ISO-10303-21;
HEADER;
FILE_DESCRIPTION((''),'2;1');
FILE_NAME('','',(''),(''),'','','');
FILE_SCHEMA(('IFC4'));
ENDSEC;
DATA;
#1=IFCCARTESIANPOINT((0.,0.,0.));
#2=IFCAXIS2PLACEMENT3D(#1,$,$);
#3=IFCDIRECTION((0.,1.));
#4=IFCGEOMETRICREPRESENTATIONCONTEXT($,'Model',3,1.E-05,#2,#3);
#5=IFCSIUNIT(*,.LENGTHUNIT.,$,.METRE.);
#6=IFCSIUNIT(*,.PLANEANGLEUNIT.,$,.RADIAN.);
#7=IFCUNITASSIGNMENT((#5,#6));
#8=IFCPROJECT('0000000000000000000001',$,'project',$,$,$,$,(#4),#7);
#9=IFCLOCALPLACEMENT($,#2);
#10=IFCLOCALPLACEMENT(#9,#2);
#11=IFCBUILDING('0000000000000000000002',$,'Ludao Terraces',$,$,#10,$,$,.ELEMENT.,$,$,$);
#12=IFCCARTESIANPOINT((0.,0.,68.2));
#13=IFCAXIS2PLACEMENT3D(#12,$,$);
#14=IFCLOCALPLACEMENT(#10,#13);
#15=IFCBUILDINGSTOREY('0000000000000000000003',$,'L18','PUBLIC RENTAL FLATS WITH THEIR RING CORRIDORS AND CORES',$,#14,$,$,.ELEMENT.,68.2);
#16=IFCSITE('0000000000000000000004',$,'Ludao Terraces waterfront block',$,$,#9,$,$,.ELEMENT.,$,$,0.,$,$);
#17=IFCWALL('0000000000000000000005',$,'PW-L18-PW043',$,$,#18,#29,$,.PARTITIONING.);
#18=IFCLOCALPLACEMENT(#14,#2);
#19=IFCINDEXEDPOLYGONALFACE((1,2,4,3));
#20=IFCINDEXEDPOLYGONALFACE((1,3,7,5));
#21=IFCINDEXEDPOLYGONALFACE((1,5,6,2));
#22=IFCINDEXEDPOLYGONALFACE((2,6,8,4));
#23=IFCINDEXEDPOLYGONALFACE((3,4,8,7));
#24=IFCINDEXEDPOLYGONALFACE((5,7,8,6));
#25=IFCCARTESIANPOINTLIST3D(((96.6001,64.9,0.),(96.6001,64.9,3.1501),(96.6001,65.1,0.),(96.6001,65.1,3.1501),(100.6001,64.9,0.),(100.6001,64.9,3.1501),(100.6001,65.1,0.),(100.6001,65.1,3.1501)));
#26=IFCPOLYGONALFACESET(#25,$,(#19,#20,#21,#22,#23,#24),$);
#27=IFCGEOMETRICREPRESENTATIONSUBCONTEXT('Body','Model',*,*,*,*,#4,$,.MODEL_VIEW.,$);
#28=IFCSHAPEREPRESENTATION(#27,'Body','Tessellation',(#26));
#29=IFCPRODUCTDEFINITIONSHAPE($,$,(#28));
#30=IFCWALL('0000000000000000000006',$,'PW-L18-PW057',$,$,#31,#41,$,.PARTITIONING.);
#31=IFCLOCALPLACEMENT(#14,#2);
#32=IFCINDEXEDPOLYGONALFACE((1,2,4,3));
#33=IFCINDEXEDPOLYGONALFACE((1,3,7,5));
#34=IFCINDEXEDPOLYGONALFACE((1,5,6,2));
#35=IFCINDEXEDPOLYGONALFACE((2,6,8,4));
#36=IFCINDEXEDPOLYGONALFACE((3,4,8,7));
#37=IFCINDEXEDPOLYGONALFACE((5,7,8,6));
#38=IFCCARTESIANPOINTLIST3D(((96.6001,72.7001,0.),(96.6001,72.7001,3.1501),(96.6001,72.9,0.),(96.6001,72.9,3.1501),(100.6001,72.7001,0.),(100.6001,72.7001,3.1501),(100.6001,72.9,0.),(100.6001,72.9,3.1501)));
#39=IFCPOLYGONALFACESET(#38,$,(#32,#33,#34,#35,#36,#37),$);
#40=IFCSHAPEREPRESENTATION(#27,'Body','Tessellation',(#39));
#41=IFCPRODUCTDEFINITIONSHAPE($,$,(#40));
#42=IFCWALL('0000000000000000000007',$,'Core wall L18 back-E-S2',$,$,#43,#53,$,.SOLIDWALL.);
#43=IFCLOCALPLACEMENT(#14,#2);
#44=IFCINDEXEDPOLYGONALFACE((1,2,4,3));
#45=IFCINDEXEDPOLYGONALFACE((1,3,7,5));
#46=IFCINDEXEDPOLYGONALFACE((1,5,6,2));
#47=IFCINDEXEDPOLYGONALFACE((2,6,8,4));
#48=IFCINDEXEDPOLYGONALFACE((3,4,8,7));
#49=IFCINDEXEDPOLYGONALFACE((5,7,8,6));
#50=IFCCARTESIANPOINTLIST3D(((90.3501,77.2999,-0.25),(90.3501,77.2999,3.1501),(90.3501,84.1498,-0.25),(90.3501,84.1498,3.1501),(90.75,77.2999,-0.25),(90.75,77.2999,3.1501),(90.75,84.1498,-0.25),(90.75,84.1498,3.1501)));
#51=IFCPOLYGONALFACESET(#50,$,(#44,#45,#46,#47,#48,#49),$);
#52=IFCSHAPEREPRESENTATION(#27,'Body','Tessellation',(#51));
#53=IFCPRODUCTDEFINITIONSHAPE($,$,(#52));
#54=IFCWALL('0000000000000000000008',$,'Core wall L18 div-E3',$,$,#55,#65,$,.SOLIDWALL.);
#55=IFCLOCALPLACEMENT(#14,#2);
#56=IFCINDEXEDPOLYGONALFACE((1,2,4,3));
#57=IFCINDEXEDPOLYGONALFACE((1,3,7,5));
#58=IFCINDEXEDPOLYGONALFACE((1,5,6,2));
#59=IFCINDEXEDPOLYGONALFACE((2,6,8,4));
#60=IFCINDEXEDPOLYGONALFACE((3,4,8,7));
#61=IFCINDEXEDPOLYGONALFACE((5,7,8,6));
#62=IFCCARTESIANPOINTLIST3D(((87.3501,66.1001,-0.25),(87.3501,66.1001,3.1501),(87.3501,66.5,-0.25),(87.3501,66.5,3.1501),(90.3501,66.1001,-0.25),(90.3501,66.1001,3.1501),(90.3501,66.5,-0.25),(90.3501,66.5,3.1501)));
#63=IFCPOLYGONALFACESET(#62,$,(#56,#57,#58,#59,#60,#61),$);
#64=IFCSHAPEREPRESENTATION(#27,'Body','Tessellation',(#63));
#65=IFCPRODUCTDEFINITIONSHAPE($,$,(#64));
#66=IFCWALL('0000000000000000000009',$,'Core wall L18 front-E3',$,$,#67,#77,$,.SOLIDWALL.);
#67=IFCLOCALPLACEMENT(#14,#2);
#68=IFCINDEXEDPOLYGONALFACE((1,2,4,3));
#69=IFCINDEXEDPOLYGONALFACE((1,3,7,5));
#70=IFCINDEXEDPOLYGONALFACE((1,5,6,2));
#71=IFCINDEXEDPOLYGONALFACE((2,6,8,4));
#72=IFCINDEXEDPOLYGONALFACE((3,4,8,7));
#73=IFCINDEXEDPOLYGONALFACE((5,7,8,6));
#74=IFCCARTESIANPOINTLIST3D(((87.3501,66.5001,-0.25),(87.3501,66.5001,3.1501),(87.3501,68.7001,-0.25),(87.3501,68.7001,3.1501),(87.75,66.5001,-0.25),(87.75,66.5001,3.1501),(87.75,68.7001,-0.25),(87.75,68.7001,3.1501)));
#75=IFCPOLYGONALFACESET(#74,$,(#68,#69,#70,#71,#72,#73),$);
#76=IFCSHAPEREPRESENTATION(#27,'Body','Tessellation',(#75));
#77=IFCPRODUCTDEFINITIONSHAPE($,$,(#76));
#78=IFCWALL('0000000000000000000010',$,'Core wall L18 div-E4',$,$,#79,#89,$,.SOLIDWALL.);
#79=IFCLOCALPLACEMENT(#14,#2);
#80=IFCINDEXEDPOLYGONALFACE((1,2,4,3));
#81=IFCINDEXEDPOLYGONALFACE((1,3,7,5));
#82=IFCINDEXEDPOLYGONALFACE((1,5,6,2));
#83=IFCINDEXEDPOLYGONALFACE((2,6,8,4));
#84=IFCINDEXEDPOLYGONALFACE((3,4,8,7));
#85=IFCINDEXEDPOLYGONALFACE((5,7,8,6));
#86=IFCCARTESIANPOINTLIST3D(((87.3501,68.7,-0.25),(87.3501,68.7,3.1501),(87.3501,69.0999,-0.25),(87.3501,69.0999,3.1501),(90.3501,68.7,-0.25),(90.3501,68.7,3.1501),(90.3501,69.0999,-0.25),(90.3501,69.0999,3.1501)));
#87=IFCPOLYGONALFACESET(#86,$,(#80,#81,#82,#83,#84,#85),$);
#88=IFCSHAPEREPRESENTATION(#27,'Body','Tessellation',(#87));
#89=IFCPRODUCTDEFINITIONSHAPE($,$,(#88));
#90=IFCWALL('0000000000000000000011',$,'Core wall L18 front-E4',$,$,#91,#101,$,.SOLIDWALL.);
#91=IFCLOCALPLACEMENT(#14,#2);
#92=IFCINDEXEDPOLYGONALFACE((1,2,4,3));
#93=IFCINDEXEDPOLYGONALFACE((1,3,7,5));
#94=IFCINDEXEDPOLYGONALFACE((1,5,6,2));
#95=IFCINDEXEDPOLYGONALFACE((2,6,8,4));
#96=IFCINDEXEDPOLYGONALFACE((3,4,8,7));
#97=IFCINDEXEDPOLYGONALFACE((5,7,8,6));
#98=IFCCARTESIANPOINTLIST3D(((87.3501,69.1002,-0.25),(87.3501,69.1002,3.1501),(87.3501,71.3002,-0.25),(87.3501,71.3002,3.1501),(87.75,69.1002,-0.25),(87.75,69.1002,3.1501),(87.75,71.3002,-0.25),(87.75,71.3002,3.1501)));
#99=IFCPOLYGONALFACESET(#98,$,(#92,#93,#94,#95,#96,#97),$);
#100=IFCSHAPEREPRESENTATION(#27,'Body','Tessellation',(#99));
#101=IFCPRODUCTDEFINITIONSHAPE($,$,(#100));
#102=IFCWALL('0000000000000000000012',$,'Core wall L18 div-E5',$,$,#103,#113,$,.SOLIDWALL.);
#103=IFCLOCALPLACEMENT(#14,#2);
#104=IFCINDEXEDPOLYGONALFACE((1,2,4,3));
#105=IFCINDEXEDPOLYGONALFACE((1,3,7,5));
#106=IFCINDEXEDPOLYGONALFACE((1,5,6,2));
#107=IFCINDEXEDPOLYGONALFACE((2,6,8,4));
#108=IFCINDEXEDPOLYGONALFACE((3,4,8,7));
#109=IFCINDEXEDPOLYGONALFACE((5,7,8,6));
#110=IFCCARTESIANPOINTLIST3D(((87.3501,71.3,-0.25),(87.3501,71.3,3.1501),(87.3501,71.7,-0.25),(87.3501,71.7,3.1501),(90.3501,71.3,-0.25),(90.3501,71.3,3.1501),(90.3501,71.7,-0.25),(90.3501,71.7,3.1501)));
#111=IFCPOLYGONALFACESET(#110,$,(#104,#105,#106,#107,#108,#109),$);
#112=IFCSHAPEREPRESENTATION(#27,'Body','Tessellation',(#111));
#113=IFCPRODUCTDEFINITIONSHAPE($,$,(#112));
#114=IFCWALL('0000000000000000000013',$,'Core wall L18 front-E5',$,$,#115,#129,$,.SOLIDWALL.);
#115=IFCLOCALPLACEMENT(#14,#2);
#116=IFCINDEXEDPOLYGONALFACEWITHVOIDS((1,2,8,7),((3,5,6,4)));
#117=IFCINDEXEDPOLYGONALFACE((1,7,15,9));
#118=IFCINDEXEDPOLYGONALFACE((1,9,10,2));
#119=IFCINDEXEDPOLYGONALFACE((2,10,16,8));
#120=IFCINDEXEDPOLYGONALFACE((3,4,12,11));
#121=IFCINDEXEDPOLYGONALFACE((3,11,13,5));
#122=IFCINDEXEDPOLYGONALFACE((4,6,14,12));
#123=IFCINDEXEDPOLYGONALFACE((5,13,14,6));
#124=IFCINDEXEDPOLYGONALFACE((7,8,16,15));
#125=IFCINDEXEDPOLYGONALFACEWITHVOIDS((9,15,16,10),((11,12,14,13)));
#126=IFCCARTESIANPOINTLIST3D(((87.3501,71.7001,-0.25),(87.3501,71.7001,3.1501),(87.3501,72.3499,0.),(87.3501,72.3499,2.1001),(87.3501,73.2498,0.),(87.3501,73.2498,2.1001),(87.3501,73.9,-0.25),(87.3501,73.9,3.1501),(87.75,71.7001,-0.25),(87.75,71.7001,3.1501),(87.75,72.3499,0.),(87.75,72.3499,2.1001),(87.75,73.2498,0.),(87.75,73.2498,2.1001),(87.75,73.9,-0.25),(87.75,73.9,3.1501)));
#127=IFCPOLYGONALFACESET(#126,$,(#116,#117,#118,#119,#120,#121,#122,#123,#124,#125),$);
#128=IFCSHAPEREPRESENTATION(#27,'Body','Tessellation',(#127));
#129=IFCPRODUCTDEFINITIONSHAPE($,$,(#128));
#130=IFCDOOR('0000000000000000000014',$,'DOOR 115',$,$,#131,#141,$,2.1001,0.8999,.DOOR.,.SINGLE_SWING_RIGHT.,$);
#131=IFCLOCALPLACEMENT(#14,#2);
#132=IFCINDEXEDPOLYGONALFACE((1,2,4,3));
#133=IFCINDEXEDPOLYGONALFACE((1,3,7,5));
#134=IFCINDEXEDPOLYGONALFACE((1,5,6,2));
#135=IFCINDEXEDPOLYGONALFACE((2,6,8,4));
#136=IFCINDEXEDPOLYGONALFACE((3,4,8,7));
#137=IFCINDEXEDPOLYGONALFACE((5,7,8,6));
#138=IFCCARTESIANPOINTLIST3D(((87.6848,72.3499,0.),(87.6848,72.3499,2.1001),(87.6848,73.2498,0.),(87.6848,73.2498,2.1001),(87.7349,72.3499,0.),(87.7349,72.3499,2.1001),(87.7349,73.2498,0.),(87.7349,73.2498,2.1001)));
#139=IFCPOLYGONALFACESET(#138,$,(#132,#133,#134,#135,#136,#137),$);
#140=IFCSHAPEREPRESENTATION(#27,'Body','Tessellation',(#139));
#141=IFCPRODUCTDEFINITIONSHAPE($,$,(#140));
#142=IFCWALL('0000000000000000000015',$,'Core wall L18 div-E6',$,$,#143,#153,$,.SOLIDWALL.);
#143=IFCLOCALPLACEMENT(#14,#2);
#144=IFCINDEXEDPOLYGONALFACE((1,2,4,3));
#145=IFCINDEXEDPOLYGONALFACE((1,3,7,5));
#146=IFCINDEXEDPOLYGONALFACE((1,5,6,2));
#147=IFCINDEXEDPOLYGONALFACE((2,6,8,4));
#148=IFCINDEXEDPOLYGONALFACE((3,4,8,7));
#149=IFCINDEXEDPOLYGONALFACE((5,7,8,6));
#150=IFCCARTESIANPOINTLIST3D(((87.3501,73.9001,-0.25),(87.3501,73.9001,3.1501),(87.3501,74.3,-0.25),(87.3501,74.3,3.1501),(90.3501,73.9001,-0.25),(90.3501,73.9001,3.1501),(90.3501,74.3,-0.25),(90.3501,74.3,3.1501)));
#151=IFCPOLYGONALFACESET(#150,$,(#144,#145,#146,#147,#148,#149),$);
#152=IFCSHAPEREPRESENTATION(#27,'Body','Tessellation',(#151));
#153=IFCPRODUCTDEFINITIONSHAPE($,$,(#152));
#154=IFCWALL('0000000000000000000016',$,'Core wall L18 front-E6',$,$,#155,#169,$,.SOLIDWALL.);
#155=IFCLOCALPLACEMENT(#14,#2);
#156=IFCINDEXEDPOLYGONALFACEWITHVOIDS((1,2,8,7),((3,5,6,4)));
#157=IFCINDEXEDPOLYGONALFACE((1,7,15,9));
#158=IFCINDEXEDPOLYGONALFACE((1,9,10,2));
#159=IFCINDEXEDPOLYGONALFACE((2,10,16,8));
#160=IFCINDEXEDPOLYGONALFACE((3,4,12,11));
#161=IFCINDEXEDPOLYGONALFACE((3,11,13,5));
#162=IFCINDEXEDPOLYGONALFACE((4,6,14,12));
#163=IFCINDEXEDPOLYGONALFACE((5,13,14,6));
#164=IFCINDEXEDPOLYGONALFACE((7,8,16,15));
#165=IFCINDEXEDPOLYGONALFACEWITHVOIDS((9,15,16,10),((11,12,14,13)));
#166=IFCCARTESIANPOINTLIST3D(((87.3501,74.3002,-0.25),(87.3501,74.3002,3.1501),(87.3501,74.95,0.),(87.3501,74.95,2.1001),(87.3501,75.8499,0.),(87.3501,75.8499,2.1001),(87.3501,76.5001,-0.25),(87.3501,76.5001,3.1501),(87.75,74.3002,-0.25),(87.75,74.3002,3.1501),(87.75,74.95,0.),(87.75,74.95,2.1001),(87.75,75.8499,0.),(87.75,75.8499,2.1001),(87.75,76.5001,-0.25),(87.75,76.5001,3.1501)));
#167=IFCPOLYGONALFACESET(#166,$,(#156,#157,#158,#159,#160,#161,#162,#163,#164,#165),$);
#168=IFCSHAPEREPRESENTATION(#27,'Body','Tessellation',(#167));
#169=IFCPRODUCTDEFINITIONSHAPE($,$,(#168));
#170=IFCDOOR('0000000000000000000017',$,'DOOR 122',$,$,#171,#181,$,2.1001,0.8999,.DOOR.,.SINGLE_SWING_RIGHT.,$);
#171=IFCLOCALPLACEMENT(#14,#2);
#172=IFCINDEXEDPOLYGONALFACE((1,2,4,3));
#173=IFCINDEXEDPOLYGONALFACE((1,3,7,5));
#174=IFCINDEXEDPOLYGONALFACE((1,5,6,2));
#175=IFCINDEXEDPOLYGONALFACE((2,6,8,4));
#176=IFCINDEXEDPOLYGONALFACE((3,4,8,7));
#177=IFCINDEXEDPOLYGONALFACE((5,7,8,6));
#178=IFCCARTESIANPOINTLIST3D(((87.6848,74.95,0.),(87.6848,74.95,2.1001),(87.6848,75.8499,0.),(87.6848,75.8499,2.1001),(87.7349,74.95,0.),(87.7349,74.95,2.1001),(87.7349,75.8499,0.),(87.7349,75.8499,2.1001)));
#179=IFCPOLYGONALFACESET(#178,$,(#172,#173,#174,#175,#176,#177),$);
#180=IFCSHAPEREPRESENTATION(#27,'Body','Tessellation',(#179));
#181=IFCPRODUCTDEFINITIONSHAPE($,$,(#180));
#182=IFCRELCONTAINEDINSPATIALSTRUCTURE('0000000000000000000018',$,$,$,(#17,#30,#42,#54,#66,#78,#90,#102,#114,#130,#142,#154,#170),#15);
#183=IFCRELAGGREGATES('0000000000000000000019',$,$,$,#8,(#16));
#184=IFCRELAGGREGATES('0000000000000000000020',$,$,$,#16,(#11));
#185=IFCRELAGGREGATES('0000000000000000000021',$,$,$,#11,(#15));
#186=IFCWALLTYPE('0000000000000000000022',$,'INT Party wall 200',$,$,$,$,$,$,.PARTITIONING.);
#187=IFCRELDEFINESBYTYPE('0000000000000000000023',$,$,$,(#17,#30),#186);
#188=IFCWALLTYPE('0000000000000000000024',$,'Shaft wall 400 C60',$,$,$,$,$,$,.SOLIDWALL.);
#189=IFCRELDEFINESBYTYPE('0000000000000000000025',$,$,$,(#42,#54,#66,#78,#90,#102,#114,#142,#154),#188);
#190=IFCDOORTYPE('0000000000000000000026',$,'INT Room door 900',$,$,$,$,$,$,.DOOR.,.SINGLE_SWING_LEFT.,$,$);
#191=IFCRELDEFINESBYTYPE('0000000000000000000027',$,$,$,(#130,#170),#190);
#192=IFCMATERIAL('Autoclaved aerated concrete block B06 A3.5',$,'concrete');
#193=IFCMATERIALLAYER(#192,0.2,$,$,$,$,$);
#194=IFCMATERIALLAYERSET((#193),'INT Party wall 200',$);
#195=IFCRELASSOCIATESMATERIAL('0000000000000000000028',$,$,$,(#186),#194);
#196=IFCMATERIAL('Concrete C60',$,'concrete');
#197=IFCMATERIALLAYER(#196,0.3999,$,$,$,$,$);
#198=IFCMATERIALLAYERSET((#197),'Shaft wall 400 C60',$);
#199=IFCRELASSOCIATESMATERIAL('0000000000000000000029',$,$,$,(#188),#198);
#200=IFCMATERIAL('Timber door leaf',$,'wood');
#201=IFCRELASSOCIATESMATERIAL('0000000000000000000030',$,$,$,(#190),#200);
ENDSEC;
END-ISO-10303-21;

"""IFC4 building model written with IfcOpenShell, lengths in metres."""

from ifc_helpers import new_model, si_unit, direction, frame, frame_2d, origin, place, context, subcontext, project, spatial, rectangle, extrude, material, layer, layer_set, type_object, element, fill, save


model = new_model("IFC4")

# Units and contexts
model_context = context("Model", 3, precision=1e-05, world=origin(), true_north=direction((0.0, 1.0)))
body_context = subcontext(model_context, "Body", "Model", "MODEL_VIEW")
ifc_project = project(units=[si_unit("LENGTHUNIT", "METRE"), si_unit("PLANEANGLEUNIT", "RADIAN")], contexts=[model_context])

# Site, building, storey
site_placement = place(None, origin())
site = spatial("IfcSite", under=ifc_project, at=site_placement, Name="Ludao Terraces waterfront block", CompositionType="ELEMENT", RefElevation=0.0)
building_placement = place(site_placement, origin())
building = spatial("IfcBuilding", under=site, at=building_placement, Name="Ludao Terraces", CompositionType="ELEMENT")
storey_placement = place(building_placement, frame((0.0, 0.0, 68.2)))
storey = spatial("IfcBuildingStorey", under=building, at=storey_placement, Name="L18", Description="PUBLIC RENTAL FLATS WITH THEIR RING CORRIDORS AND CORES", CompositionType="ELEMENT", Elevation=68.2)

# Walls
ifc_material_1 = material(Name="Autoclaved aerated concrete block B06 A3.5", Category="concrete")
ifc_layer_1 = layer(ifc_material_1, 0.2)
ifc_layer_set_1 = layer_set([ifc_layer_1], Name="INT Party wall 200")
wall_type_1 = type_object("IfcWallType", Name="INT Party wall 200", PredefinedType="PARTITIONING", material=ifc_layer_set_1)
for number, where, z_axis, x_axis, name in (
    (1, (96.6001, 65.0, 0.0), (0.0, 0.0, 1.0), (1.0, 0.0, 0.0), "PW-L18-PW043"),
    (2, (96.6001, 72.8, 0.0), (0.0, 0.0, 1.0), (1.0, 0.0, 0.0), "PW-L18-PW057"),
):
    element("IfcWall", number, at=place(storey_placement, frame(where, z_axis=z_axis, x_axis=x_axis)), inside=storey, type_object=wall_type_1, Name=name, PredefinedType="PARTITIONING", context=body_context, shape_type="SweptSolid", body=[
        extrude(rectangle(XDim=4.0, YDim=0.2, at=frame_2d((2.0, 0.0))), origin(), (0.0, 0.0, 1.0), 3.1501),
    ])
ifc_material_2 = material(Name="Concrete C60", Category="concrete")
ifc_layer_2 = layer(ifc_material_2, 0.3999)
ifc_layer_set_2 = layer_set([ifc_layer_2], Name="Shaft wall 400 C60")
wall_type_2 = type_object("IfcWallType", Name="Shaft wall 400 C60", PredefinedType="SOLIDWALL", material=ifc_layer_set_2)
wall_1_placement = place(storey_placement, frame((90.55, 77.3, -0.25), z_axis=(0.0, 0.0, 1.0), x_axis=(0.0, 1.0, 0.0)))
element("IfcWall", 3, at=wall_1_placement, inside=storey, type_object=wall_type_2, Name="Core wall L18 back-E-S2", PredefinedType="SOLIDWALL", context=body_context, shape_type="SweptSolid", body=[
    extrude(rectangle(XDim=6.8499, YDim=0.3999, at=frame_2d((3.4248, 0.0))), origin(), (0.0, 0.0, 1.0), 3.4001),
])
wall_2_placement = place(storey_placement, frame((87.3501, 66.3, -0.25), z_axis=(0.0, 0.0, 1.0), x_axis=(1.0, 0.0, 0.0)))
element("IfcWall", 4, at=wall_2_placement, inside=storey, type_object=wall_type_2, Name="Core wall L18 div-E3", PredefinedType="SOLIDWALL", context=body_context, shape_type="SweptSolid", body=[
    extrude(rectangle(XDim=3.0, YDim=0.3999, at=frame_2d((1.5, 0.0))), origin(), (0.0, 0.0, 1.0), 3.4001),
])
wall_3_placement = place(storey_placement, frame((87.55, 66.5, -0.25), z_axis=(0.0, 0.0, 1.0), x_axis=(0.0, 1.0, 0.0)))
element("IfcWall", 5, at=wall_3_placement, inside=storey, type_object=wall_type_2, Name="Core wall L18 front-E3", PredefinedType="SOLIDWALL", context=body_context, shape_type="SweptSolid", body=[
    extrude(rectangle(XDim=2.2, YDim=0.3999, at=frame_2d((1.1001, 0.0))), origin(), (0.0, 0.0, 1.0), 3.4001),
])
wall_4_placement = place(storey_placement, frame((87.3501, 68.8999, -0.25), z_axis=(0.0, 0.0, 1.0), x_axis=(1.0, 0.0, 0.0)))
element("IfcWall", 6, at=wall_4_placement, inside=storey, type_object=wall_type_2, Name="Core wall L18 div-E4", PredefinedType="SOLIDWALL", context=body_context, shape_type="SweptSolid", body=[
    extrude(rectangle(XDim=3.0, YDim=0.3999, at=frame_2d((1.5, 0.0))), origin(), (0.0, 0.0, 1.0), 3.4001),
])
wall_5_placement = place(storey_placement, frame((87.55, 69.1001, -0.25), z_axis=(0.0, 0.0, 1.0), x_axis=(0.0, 1.0, 0.0)))
element("IfcWall", 7, at=wall_5_placement, inside=storey, type_object=wall_type_2, Name="Core wall L18 front-E4", PredefinedType="SOLIDWALL", context=body_context, shape_type="SweptSolid", body=[
    extrude(rectangle(XDim=2.2, YDim=0.3999, at=frame_2d((1.1001, 0.0))), origin(), (0.0, 0.0, 1.0), 3.4001),
])
wall_6_placement = place(storey_placement, frame((87.3501, 71.5, -0.25), z_axis=(0.0, 0.0, 1.0), x_axis=(1.0, 0.0, 0.0)))
element("IfcWall", 8, at=wall_6_placement, inside=storey, type_object=wall_type_2, Name="Core wall L18 div-E5", PredefinedType="SOLIDWALL", context=body_context, shape_type="SweptSolid", body=[
    extrude(rectangle(XDim=3.0, YDim=0.3999, at=frame_2d((1.5, 0.0))), origin(), (0.0, 0.0, 1.0), 3.4001),
])

# Wall, opening, door
wall_7_placement = place(storey_placement, frame((87.55, 71.7, -0.25), z_axis=(0.0, 0.0, 1.0), x_axis=(0.0, 1.0, 0.0)))
wall_7 = element("IfcWall", 9, at=wall_7_placement, inside=storey, type_object=wall_type_2, Name="Core wall L18 front-E5", PredefinedType="SOLIDWALL", context=body_context, shape_type="SweptSolid", body=[
    extrude(rectangle(XDim=2.2, YDim=0.3999, at=frame_2d((1.1001, 0.0))), origin(), (0.0, 0.0, 1.0), 3.4001),
])
opening_1_placement = place(wall_7_placement, frame((0.6499, 0.0, 0.25)))
opening_1 = element("IfcOpeningElement", 10, at=opening_1_placement, cuts=wall_7, PredefinedType="OPENING", context=body_context, shape_type="SweptSolid", body=[
    extrude(rectangle(XDim=0.8999, YDim=2.1001, at=frame_2d((0.45, 1.05))), frame((0.0, 0.21, 0.0), z_axis=(0.0, -1.0, 0.0), x_axis=(1.0, 0.0, 0.0)), (0.0, 0.0, 1.0), 0.4199),
])
ifc_material_3 = material(Name="Timber door leaf", Category="wood")
door_type_1 = type_object("IfcDoorType", Name="INT Room door 900", OperationType="SINGLE_SWING_LEFT", PredefinedType="DOOR", material=ifc_material_3)
door_1_placement = place(opening_1_placement, origin())
door_1 = element("IfcDoor", 11, at=door_1_placement, inside=storey, type_object=door_type_1, Name="DOOR 115", OperationType="SINGLE_SWING_RIGHT", OverallHeight=2.1001, OverallWidth=0.8999, PredefinedType="DOOR", context=body_context, shape_type="SweptSolid", body=[
    extrude(rectangle(XDim=0.8999, YDim=2.1001, at=frame_2d((0.45, 1.05))), frame((0.0, -0.1348, 0.0), z_axis=(0.0, -1.0, 0.0), x_axis=(1.0, 0.0, 0.0)), (0.0, 0.0, 1.0), 0.05),
])
fill(opening_1, door_1)

# Wall
wall_8_placement = place(storey_placement, frame((87.3501, 74.1001, -0.25), z_axis=(0.0, 0.0, 1.0), x_axis=(1.0, 0.0, 0.0)))
element("IfcWall", 12, at=wall_8_placement, inside=storey, type_object=wall_type_2, Name="Core wall L18 div-E6", PredefinedType="SOLIDWALL", context=body_context, shape_type="SweptSolid", body=[
    extrude(rectangle(XDim=3.0, YDim=0.3999, at=frame_2d((1.5, 0.0))), origin(), (0.0, 0.0, 1.0), 3.4001),
])

# Wall, opening, door
wall_9_placement = place(storey_placement, frame((87.55, 74.3, -0.25), z_axis=(0.0, 0.0, 1.0), x_axis=(0.0, 1.0, 0.0)))
wall_9 = element("IfcWall", 13, at=wall_9_placement, inside=storey, type_object=wall_type_2, Name="Core wall L18 front-E6", PredefinedType="SOLIDWALL", context=body_context, shape_type="SweptSolid", body=[
    extrude(rectangle(XDim=2.2, YDim=0.3999, at=frame_2d((1.1001, 0.0))), origin(), (0.0, 0.0, 1.0), 3.4001),
])
opening_2_placement = place(wall_9_placement, frame((0.6499, 0.0, 0.25)))
opening_2 = element("IfcOpeningElement", 14, at=opening_2_placement, cuts=wall_9, PredefinedType="OPENING", context=body_context, shape_type="SweptSolid", body=[
    extrude(rectangle(XDim=0.8999, YDim=2.1001, at=frame_2d((0.45, 1.05))), frame((0.0, 0.21, 0.0), z_axis=(0.0, -1.0, 0.0), x_axis=(1.0, 0.0, 0.0)), (0.0, 0.0, 1.0), 0.4199),
])
door_2_placement = place(opening_2_placement, origin())
door_2 = element("IfcDoor", 15, at=door_2_placement, inside=storey, type_object=door_type_1, Name="DOOR 122", OperationType="SINGLE_SWING_RIGHT", OverallHeight=2.1001, OverallWidth=0.8999, PredefinedType="DOOR", context=body_context, shape_type="SweptSolid", body=[
    extrude(rectangle(XDim=0.8999, YDim=2.1001, at=frame_2d((0.45, 1.05))), frame((0.0, -0.1348, 0.0), z_axis=(0.0, -1.0, 0.0), x_axis=(1.0, 0.0, 0.0)), (0.0, 0.0, 1.0), 0.05),
])
fill(opening_2, door_2)

save(model, "model.ifc")
